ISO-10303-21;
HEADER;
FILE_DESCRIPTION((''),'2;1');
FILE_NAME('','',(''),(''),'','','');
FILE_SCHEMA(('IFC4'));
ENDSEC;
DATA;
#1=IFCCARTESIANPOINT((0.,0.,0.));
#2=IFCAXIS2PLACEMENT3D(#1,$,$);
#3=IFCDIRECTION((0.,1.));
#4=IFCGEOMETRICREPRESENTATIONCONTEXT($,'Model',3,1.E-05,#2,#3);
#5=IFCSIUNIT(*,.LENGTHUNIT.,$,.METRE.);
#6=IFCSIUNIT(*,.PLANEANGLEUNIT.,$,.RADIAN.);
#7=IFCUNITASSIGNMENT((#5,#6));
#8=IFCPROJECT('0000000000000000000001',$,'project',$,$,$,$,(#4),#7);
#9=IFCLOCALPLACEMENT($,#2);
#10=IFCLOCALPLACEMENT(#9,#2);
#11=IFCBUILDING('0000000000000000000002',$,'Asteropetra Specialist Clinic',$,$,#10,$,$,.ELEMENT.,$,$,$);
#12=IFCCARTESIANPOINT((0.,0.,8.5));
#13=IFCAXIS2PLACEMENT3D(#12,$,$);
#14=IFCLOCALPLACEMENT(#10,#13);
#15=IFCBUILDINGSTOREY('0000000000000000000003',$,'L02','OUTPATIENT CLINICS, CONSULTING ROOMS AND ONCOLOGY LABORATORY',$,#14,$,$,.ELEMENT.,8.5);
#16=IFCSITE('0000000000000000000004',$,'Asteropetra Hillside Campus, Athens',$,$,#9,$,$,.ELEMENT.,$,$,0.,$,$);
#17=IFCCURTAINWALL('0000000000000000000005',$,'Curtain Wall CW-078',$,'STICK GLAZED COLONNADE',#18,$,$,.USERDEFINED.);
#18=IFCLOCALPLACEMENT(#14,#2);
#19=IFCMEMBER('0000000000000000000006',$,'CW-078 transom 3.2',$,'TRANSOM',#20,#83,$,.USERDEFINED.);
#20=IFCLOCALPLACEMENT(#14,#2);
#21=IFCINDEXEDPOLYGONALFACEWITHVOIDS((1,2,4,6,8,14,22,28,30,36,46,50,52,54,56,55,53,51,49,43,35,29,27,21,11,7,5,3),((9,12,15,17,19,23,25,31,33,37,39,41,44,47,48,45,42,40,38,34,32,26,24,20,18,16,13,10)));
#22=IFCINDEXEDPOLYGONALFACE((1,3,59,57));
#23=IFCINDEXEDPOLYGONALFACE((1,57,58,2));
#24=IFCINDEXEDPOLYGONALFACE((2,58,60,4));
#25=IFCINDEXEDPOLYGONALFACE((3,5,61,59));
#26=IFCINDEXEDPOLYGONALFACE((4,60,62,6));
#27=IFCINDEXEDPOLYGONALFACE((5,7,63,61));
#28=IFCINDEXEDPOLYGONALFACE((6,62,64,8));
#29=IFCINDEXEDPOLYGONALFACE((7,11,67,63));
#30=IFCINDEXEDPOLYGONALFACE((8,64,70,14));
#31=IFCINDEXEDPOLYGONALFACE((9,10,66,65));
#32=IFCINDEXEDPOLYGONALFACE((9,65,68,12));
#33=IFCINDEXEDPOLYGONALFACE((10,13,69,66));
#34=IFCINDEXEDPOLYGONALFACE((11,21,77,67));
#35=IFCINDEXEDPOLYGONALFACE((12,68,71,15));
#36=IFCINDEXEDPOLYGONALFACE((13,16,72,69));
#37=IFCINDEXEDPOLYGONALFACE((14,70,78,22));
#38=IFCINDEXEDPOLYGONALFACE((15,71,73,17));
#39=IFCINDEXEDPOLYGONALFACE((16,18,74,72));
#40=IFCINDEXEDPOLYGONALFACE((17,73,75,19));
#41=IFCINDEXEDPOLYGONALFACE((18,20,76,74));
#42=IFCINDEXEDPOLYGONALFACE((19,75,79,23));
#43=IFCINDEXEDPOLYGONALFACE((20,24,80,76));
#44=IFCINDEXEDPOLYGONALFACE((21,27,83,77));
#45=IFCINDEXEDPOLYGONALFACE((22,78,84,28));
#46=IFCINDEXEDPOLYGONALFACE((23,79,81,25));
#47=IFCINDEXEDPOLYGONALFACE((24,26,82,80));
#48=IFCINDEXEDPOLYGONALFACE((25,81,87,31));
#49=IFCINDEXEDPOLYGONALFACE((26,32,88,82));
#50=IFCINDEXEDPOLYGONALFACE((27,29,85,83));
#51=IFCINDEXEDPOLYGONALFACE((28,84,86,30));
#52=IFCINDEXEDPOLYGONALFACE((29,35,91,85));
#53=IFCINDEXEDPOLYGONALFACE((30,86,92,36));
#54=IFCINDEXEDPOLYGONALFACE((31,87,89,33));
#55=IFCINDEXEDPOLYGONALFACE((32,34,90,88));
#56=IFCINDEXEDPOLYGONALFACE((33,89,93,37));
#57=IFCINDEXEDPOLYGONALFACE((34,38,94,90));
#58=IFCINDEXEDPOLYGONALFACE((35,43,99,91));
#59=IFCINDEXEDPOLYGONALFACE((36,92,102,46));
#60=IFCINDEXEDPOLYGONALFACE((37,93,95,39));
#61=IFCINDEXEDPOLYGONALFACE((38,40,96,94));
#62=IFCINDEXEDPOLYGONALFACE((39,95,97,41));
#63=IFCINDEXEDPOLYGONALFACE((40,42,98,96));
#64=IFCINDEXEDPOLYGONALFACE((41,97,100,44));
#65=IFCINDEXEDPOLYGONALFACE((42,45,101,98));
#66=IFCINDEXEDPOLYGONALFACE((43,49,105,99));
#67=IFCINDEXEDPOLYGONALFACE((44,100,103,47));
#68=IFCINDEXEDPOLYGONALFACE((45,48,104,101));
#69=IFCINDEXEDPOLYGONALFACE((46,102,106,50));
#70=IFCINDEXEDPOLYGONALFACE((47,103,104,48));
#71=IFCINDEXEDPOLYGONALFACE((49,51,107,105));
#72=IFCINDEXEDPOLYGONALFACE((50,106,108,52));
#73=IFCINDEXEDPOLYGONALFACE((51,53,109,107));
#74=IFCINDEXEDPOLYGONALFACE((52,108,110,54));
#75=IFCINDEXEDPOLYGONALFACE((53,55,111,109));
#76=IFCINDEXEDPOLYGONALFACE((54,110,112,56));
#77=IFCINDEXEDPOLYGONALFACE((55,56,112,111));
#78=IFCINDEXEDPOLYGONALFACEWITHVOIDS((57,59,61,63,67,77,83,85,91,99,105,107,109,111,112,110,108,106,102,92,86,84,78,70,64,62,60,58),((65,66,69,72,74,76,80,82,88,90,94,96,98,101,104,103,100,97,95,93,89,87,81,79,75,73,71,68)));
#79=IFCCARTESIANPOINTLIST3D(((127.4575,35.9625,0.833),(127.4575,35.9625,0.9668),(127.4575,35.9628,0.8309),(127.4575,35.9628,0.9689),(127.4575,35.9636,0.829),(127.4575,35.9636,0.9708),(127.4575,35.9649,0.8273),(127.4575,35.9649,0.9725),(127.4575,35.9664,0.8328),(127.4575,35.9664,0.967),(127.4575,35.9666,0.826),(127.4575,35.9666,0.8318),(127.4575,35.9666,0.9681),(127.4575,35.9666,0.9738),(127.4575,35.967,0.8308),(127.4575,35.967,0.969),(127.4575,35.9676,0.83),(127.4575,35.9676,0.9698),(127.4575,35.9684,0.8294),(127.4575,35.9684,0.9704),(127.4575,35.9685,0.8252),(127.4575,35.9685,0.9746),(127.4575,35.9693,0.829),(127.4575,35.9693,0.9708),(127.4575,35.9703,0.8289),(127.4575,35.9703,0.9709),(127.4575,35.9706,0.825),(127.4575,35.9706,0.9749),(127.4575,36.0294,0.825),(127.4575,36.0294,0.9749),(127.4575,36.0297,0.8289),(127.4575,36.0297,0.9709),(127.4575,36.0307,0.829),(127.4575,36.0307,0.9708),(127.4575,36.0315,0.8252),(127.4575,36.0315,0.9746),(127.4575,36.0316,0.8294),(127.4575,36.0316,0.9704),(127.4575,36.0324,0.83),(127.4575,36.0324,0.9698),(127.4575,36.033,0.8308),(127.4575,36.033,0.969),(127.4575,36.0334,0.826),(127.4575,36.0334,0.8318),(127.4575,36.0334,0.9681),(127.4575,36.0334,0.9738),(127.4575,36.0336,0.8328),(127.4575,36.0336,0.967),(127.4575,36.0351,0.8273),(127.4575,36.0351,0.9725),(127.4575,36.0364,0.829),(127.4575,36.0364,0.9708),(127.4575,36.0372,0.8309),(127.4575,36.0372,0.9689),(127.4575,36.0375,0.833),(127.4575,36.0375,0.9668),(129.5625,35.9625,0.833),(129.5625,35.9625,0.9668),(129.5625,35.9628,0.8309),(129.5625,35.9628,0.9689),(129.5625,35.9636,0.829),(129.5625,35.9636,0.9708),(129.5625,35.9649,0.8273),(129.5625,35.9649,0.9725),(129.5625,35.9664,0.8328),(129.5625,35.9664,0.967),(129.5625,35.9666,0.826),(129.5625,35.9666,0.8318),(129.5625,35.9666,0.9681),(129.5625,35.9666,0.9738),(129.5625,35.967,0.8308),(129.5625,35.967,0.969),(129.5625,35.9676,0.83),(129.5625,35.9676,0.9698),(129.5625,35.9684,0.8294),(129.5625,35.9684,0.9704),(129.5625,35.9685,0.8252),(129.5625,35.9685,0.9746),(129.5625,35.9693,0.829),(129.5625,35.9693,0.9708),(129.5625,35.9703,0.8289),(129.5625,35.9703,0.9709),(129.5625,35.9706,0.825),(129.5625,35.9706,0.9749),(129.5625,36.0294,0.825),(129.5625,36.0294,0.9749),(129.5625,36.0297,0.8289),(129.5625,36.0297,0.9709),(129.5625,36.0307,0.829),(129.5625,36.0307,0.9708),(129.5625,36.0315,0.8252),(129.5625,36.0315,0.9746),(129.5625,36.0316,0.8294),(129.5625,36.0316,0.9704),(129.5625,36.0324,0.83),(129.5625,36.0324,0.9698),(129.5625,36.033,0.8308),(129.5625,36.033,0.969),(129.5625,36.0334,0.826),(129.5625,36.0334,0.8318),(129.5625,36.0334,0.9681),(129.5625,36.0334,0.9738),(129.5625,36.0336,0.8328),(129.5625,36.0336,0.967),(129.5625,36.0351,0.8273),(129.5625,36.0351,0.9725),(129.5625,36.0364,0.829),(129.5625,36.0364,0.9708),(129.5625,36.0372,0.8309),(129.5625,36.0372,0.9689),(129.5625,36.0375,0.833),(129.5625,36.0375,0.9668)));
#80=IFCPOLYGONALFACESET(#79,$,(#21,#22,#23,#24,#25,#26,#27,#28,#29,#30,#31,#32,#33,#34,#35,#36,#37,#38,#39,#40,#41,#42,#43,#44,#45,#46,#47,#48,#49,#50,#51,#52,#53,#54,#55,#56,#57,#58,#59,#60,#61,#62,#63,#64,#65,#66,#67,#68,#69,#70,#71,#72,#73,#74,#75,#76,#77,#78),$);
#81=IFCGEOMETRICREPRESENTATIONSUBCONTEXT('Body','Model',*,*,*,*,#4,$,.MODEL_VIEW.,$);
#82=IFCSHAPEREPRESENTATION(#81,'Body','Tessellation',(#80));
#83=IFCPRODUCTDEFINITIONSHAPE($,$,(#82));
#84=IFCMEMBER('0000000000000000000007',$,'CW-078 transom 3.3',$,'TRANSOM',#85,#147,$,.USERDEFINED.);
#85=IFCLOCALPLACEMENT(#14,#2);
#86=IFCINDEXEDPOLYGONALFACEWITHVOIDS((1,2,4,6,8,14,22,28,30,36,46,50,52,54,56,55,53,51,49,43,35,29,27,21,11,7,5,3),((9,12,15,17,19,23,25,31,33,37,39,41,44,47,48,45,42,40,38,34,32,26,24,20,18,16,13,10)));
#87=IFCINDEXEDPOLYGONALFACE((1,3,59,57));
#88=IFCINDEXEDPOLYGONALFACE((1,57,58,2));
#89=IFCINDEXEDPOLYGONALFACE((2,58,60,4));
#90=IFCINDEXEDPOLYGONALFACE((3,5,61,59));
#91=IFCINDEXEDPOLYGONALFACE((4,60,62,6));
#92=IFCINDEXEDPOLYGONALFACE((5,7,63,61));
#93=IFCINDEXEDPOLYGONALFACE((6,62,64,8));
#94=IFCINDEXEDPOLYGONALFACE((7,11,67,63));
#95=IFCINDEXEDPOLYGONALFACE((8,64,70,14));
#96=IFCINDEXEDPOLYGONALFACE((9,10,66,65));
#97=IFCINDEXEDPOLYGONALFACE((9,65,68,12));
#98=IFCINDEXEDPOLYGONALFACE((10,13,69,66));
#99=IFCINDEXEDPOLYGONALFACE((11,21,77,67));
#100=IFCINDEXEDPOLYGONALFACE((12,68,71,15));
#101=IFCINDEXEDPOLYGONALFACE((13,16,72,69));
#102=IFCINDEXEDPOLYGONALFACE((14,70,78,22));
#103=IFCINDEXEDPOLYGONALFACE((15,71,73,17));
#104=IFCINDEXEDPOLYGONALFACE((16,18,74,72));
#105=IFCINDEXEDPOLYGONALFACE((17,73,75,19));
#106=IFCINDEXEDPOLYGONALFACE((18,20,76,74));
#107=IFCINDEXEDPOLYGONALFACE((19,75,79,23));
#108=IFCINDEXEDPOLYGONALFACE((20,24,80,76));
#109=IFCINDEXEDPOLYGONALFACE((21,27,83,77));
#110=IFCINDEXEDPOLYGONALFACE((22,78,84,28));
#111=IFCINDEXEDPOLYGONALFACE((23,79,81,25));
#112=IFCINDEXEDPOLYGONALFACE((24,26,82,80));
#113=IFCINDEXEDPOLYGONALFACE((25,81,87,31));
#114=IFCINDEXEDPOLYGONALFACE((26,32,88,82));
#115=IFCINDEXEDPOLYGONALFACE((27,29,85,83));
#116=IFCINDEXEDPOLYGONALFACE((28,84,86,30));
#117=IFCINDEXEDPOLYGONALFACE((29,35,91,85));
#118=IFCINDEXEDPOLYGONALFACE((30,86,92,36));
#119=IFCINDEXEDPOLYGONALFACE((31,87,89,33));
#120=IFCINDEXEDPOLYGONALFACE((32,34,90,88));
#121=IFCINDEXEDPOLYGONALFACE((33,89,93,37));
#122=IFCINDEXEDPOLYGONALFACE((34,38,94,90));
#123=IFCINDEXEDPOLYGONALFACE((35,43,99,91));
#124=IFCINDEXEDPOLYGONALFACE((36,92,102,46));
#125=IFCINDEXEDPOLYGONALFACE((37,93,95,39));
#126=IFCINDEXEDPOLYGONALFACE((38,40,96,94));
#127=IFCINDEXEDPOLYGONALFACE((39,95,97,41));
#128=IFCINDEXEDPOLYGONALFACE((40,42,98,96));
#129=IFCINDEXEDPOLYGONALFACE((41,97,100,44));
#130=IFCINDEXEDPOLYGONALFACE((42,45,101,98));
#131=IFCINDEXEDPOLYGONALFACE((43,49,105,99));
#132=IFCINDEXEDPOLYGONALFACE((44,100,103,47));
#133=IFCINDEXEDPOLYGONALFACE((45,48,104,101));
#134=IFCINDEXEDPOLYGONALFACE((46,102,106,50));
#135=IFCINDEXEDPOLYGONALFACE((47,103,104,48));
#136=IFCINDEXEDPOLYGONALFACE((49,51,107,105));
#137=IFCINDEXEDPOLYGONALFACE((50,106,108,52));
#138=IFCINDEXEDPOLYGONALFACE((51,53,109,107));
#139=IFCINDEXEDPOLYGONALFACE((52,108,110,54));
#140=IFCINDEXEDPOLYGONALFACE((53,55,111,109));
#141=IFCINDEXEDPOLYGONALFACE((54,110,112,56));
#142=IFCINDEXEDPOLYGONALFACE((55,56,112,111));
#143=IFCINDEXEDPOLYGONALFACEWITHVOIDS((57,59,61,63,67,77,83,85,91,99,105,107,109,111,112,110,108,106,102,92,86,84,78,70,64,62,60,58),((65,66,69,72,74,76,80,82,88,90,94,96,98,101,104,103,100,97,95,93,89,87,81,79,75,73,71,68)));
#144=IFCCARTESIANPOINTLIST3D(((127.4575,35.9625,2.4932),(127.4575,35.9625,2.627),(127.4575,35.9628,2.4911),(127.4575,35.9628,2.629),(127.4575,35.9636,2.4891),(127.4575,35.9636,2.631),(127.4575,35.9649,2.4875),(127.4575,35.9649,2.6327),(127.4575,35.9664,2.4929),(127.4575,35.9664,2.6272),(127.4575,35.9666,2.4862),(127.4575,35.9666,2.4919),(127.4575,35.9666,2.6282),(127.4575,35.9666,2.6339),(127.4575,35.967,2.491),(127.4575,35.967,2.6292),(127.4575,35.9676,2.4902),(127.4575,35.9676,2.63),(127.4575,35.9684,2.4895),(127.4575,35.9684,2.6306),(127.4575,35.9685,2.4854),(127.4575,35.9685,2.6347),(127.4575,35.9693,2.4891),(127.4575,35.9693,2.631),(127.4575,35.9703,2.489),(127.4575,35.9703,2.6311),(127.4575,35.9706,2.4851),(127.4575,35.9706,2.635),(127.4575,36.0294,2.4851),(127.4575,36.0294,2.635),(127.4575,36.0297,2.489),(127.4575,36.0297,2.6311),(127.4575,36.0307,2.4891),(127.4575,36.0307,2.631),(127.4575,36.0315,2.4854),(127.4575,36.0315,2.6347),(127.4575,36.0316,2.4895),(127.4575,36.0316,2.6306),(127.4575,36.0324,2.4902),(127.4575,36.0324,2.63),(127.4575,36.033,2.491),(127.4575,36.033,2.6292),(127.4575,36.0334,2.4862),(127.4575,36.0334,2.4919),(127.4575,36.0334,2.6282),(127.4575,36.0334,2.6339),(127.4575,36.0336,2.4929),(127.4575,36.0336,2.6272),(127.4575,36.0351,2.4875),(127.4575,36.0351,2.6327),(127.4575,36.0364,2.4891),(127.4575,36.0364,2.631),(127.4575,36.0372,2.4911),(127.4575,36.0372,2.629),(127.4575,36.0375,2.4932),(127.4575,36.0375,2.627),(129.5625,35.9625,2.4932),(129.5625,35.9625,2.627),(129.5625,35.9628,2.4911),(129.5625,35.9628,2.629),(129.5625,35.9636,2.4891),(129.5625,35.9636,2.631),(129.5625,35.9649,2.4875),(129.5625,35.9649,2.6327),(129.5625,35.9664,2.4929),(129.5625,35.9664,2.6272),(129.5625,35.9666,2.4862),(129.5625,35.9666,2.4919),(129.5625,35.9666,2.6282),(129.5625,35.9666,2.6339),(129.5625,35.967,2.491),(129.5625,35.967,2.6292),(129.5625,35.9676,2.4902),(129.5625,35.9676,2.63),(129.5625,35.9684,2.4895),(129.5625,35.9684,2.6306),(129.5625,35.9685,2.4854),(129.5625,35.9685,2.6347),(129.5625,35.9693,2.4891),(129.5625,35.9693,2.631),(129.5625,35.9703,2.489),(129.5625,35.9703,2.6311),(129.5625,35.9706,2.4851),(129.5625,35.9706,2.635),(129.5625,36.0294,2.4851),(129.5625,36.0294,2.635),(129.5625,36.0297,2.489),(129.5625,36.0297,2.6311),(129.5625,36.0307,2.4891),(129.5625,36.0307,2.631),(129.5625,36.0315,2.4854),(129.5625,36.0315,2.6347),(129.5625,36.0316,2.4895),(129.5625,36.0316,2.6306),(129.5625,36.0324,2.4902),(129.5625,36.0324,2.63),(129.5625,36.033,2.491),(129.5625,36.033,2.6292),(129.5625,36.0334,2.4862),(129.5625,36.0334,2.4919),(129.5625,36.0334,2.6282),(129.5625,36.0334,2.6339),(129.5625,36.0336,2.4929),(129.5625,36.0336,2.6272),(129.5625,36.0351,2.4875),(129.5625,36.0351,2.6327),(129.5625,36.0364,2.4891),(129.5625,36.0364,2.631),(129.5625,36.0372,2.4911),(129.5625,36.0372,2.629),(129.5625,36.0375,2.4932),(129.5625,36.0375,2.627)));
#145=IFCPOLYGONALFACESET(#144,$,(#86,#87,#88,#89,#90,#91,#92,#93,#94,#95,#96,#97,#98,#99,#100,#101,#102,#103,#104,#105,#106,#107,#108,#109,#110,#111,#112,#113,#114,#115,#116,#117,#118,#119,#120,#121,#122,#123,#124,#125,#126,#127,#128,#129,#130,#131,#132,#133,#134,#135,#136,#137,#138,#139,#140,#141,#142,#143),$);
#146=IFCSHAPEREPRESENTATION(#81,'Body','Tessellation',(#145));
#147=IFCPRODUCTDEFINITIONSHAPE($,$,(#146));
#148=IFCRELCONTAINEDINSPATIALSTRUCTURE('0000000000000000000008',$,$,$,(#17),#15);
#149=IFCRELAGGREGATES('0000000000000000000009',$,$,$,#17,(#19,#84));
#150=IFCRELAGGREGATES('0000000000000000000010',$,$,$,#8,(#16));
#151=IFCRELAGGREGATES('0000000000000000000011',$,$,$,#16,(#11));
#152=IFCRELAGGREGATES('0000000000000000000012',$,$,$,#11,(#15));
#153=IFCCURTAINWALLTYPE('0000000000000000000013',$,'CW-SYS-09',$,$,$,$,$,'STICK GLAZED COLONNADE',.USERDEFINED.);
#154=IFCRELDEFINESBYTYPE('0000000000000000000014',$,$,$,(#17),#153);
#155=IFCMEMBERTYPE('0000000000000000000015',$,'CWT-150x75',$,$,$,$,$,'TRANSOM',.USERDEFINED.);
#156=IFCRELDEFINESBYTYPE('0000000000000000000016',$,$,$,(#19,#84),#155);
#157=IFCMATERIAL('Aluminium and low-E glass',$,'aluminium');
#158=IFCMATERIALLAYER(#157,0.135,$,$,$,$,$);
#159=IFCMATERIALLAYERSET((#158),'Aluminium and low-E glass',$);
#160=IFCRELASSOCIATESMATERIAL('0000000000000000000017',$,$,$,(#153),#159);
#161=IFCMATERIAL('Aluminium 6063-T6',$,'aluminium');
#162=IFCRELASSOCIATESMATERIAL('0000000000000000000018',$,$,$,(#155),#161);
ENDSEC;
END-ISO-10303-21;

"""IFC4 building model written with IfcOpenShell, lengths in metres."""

from ifc_helpers import new_model, si_unit, direction, frame, origin, origin_2d, place, context, subcontext, project, spatial, hollow_rectangle, extrude, material, layer, layer_set, material_profile, profile_set, type_object, element, aggregate, save


model = new_model("IFC4")

# Units and contexts
model_context = context("Model", 3, precision=1e-05, world=origin(), true_north=direction((0.0, 1.0)))
body_context = subcontext(model_context, "Body", "Model", "MODEL_VIEW")
ifc_project = project(units=[si_unit("LENGTHUNIT", "METRE"), si_unit("PLANEANGLEUNIT", "RADIAN")], contexts=[model_context])

# Site, building, storey
site_placement = place(None, origin())
site = spatial("IfcSite", under=ifc_project, at=site_placement, Name="Asteropetra Hillside Campus, Athens", CompositionType="ELEMENT", RefElevation=0.0)
building_placement = place(site_placement, origin())
building = spatial("IfcBuilding", under=site, at=building_placement, Name="Asteropetra Specialist Clinic", CompositionType="ELEMENT")
storey_placement = place(building_placement, frame((0.0, 0.0, 8.5)))
storey = spatial("IfcBuildingStorey", under=building, at=storey_placement, Name="L02", Description="OUTPATIENT CLINICS, CONSULTING ROOMS AND ONCOLOGY LABORATORY", CompositionType="ELEMENT", Elevation=8.5)

# Curtain wall
ifc_material_1 = material(Name="Aluminium and low-E glass", Category="aluminium")
ifc_layer_1 = layer(ifc_material_1, 0.135)
ifc_layer_set_1 = layer_set([ifc_layer_1], Name="Aluminium and low-E glass")
curtain_wall_type_1 = type_object("IfcCurtainWallType", Name="CW-SYS-09", ElementType="STICK GLAZED COLONNADE", PredefinedType="USERDEFINED", material=ifc_layer_set_1)
curtain_wall_1_placement = place(storey_placement, origin())
curtain_wall_1 = element("IfcCurtainWall", 1, at=curtain_wall_1_placement, inside=storey, type_object=curtain_wall_type_1, Name="Curtain Wall CW-078", ObjectType="STICK GLAZED COLONNADE", PredefinedType="USERDEFINED")

# Members
ifc_material_2 = material(Name="Aluminium 6063-T6", Category="aluminium")
ifc_material_profile_1 = material_profile(ifc_material_2, hollow_rectangle(XDim=0.075, YDim=0.1499, WallThickness=0.0039, InnerFilletRadius=0.0039, OuterFilletRadius=0.0081, at=origin_2d()), Name="TRN 150x75x4.0")
ifc_profile_set_1 = profile_set([ifc_material_profile_1], Name="Aluminium 6063-T6")
member_type_1 = type_object("IfcMemberType", Name="CWT-150x75", ElementType="TRANSOM", PredefinedType="USERDEFINED", material=ifc_profile_set_1)
member_1_placement = place(storey_placement, frame((129.5625, 36.0, 0.8999), z_axis=(-1.0, 0.0, 0.0), x_axis=(0.0, -1.0, 0.0)))
member_1 = element("IfcMember", 2, at=member_1_placement, type_object=member_type_1, Name="CW-078 transom 3.2", ObjectType="TRANSOM", PredefinedType="USERDEFINED", context=body_context, shape_type="SweptSolid", body=[
    extrude(hollow_rectangle(XDim=0.075, YDim=0.1499, WallThickness=0.0039, InnerFilletRadius=0.0039, OuterFilletRadius=0.0081, at=origin_2d()), origin(), (0.0, 0.0, 1.0), 2.105),
])
member_2_placement = place(storey_placement, frame((129.5625, 36.0, 2.5601), z_axis=(-1.0, 0.0, 0.0), x_axis=(0.0, -1.0, 0.0)))
member_2 = element("IfcMember", 3, at=member_2_placement, type_object=member_type_1, Name="CW-078 transom 3.3", ObjectType="TRANSOM", PredefinedType="USERDEFINED", context=body_context, shape_type="SweptSolid", body=[
    extrude(hollow_rectangle(XDim=0.075, YDim=0.1499, WallThickness=0.0039, InnerFilletRadius=0.0039, OuterFilletRadius=0.0081, at=origin_2d()), origin(), (0.0, 0.0, 1.0), 2.105),
])

aggregate(curtain_wall_1, [member_1, member_2])

save(model, "model.ifc")
